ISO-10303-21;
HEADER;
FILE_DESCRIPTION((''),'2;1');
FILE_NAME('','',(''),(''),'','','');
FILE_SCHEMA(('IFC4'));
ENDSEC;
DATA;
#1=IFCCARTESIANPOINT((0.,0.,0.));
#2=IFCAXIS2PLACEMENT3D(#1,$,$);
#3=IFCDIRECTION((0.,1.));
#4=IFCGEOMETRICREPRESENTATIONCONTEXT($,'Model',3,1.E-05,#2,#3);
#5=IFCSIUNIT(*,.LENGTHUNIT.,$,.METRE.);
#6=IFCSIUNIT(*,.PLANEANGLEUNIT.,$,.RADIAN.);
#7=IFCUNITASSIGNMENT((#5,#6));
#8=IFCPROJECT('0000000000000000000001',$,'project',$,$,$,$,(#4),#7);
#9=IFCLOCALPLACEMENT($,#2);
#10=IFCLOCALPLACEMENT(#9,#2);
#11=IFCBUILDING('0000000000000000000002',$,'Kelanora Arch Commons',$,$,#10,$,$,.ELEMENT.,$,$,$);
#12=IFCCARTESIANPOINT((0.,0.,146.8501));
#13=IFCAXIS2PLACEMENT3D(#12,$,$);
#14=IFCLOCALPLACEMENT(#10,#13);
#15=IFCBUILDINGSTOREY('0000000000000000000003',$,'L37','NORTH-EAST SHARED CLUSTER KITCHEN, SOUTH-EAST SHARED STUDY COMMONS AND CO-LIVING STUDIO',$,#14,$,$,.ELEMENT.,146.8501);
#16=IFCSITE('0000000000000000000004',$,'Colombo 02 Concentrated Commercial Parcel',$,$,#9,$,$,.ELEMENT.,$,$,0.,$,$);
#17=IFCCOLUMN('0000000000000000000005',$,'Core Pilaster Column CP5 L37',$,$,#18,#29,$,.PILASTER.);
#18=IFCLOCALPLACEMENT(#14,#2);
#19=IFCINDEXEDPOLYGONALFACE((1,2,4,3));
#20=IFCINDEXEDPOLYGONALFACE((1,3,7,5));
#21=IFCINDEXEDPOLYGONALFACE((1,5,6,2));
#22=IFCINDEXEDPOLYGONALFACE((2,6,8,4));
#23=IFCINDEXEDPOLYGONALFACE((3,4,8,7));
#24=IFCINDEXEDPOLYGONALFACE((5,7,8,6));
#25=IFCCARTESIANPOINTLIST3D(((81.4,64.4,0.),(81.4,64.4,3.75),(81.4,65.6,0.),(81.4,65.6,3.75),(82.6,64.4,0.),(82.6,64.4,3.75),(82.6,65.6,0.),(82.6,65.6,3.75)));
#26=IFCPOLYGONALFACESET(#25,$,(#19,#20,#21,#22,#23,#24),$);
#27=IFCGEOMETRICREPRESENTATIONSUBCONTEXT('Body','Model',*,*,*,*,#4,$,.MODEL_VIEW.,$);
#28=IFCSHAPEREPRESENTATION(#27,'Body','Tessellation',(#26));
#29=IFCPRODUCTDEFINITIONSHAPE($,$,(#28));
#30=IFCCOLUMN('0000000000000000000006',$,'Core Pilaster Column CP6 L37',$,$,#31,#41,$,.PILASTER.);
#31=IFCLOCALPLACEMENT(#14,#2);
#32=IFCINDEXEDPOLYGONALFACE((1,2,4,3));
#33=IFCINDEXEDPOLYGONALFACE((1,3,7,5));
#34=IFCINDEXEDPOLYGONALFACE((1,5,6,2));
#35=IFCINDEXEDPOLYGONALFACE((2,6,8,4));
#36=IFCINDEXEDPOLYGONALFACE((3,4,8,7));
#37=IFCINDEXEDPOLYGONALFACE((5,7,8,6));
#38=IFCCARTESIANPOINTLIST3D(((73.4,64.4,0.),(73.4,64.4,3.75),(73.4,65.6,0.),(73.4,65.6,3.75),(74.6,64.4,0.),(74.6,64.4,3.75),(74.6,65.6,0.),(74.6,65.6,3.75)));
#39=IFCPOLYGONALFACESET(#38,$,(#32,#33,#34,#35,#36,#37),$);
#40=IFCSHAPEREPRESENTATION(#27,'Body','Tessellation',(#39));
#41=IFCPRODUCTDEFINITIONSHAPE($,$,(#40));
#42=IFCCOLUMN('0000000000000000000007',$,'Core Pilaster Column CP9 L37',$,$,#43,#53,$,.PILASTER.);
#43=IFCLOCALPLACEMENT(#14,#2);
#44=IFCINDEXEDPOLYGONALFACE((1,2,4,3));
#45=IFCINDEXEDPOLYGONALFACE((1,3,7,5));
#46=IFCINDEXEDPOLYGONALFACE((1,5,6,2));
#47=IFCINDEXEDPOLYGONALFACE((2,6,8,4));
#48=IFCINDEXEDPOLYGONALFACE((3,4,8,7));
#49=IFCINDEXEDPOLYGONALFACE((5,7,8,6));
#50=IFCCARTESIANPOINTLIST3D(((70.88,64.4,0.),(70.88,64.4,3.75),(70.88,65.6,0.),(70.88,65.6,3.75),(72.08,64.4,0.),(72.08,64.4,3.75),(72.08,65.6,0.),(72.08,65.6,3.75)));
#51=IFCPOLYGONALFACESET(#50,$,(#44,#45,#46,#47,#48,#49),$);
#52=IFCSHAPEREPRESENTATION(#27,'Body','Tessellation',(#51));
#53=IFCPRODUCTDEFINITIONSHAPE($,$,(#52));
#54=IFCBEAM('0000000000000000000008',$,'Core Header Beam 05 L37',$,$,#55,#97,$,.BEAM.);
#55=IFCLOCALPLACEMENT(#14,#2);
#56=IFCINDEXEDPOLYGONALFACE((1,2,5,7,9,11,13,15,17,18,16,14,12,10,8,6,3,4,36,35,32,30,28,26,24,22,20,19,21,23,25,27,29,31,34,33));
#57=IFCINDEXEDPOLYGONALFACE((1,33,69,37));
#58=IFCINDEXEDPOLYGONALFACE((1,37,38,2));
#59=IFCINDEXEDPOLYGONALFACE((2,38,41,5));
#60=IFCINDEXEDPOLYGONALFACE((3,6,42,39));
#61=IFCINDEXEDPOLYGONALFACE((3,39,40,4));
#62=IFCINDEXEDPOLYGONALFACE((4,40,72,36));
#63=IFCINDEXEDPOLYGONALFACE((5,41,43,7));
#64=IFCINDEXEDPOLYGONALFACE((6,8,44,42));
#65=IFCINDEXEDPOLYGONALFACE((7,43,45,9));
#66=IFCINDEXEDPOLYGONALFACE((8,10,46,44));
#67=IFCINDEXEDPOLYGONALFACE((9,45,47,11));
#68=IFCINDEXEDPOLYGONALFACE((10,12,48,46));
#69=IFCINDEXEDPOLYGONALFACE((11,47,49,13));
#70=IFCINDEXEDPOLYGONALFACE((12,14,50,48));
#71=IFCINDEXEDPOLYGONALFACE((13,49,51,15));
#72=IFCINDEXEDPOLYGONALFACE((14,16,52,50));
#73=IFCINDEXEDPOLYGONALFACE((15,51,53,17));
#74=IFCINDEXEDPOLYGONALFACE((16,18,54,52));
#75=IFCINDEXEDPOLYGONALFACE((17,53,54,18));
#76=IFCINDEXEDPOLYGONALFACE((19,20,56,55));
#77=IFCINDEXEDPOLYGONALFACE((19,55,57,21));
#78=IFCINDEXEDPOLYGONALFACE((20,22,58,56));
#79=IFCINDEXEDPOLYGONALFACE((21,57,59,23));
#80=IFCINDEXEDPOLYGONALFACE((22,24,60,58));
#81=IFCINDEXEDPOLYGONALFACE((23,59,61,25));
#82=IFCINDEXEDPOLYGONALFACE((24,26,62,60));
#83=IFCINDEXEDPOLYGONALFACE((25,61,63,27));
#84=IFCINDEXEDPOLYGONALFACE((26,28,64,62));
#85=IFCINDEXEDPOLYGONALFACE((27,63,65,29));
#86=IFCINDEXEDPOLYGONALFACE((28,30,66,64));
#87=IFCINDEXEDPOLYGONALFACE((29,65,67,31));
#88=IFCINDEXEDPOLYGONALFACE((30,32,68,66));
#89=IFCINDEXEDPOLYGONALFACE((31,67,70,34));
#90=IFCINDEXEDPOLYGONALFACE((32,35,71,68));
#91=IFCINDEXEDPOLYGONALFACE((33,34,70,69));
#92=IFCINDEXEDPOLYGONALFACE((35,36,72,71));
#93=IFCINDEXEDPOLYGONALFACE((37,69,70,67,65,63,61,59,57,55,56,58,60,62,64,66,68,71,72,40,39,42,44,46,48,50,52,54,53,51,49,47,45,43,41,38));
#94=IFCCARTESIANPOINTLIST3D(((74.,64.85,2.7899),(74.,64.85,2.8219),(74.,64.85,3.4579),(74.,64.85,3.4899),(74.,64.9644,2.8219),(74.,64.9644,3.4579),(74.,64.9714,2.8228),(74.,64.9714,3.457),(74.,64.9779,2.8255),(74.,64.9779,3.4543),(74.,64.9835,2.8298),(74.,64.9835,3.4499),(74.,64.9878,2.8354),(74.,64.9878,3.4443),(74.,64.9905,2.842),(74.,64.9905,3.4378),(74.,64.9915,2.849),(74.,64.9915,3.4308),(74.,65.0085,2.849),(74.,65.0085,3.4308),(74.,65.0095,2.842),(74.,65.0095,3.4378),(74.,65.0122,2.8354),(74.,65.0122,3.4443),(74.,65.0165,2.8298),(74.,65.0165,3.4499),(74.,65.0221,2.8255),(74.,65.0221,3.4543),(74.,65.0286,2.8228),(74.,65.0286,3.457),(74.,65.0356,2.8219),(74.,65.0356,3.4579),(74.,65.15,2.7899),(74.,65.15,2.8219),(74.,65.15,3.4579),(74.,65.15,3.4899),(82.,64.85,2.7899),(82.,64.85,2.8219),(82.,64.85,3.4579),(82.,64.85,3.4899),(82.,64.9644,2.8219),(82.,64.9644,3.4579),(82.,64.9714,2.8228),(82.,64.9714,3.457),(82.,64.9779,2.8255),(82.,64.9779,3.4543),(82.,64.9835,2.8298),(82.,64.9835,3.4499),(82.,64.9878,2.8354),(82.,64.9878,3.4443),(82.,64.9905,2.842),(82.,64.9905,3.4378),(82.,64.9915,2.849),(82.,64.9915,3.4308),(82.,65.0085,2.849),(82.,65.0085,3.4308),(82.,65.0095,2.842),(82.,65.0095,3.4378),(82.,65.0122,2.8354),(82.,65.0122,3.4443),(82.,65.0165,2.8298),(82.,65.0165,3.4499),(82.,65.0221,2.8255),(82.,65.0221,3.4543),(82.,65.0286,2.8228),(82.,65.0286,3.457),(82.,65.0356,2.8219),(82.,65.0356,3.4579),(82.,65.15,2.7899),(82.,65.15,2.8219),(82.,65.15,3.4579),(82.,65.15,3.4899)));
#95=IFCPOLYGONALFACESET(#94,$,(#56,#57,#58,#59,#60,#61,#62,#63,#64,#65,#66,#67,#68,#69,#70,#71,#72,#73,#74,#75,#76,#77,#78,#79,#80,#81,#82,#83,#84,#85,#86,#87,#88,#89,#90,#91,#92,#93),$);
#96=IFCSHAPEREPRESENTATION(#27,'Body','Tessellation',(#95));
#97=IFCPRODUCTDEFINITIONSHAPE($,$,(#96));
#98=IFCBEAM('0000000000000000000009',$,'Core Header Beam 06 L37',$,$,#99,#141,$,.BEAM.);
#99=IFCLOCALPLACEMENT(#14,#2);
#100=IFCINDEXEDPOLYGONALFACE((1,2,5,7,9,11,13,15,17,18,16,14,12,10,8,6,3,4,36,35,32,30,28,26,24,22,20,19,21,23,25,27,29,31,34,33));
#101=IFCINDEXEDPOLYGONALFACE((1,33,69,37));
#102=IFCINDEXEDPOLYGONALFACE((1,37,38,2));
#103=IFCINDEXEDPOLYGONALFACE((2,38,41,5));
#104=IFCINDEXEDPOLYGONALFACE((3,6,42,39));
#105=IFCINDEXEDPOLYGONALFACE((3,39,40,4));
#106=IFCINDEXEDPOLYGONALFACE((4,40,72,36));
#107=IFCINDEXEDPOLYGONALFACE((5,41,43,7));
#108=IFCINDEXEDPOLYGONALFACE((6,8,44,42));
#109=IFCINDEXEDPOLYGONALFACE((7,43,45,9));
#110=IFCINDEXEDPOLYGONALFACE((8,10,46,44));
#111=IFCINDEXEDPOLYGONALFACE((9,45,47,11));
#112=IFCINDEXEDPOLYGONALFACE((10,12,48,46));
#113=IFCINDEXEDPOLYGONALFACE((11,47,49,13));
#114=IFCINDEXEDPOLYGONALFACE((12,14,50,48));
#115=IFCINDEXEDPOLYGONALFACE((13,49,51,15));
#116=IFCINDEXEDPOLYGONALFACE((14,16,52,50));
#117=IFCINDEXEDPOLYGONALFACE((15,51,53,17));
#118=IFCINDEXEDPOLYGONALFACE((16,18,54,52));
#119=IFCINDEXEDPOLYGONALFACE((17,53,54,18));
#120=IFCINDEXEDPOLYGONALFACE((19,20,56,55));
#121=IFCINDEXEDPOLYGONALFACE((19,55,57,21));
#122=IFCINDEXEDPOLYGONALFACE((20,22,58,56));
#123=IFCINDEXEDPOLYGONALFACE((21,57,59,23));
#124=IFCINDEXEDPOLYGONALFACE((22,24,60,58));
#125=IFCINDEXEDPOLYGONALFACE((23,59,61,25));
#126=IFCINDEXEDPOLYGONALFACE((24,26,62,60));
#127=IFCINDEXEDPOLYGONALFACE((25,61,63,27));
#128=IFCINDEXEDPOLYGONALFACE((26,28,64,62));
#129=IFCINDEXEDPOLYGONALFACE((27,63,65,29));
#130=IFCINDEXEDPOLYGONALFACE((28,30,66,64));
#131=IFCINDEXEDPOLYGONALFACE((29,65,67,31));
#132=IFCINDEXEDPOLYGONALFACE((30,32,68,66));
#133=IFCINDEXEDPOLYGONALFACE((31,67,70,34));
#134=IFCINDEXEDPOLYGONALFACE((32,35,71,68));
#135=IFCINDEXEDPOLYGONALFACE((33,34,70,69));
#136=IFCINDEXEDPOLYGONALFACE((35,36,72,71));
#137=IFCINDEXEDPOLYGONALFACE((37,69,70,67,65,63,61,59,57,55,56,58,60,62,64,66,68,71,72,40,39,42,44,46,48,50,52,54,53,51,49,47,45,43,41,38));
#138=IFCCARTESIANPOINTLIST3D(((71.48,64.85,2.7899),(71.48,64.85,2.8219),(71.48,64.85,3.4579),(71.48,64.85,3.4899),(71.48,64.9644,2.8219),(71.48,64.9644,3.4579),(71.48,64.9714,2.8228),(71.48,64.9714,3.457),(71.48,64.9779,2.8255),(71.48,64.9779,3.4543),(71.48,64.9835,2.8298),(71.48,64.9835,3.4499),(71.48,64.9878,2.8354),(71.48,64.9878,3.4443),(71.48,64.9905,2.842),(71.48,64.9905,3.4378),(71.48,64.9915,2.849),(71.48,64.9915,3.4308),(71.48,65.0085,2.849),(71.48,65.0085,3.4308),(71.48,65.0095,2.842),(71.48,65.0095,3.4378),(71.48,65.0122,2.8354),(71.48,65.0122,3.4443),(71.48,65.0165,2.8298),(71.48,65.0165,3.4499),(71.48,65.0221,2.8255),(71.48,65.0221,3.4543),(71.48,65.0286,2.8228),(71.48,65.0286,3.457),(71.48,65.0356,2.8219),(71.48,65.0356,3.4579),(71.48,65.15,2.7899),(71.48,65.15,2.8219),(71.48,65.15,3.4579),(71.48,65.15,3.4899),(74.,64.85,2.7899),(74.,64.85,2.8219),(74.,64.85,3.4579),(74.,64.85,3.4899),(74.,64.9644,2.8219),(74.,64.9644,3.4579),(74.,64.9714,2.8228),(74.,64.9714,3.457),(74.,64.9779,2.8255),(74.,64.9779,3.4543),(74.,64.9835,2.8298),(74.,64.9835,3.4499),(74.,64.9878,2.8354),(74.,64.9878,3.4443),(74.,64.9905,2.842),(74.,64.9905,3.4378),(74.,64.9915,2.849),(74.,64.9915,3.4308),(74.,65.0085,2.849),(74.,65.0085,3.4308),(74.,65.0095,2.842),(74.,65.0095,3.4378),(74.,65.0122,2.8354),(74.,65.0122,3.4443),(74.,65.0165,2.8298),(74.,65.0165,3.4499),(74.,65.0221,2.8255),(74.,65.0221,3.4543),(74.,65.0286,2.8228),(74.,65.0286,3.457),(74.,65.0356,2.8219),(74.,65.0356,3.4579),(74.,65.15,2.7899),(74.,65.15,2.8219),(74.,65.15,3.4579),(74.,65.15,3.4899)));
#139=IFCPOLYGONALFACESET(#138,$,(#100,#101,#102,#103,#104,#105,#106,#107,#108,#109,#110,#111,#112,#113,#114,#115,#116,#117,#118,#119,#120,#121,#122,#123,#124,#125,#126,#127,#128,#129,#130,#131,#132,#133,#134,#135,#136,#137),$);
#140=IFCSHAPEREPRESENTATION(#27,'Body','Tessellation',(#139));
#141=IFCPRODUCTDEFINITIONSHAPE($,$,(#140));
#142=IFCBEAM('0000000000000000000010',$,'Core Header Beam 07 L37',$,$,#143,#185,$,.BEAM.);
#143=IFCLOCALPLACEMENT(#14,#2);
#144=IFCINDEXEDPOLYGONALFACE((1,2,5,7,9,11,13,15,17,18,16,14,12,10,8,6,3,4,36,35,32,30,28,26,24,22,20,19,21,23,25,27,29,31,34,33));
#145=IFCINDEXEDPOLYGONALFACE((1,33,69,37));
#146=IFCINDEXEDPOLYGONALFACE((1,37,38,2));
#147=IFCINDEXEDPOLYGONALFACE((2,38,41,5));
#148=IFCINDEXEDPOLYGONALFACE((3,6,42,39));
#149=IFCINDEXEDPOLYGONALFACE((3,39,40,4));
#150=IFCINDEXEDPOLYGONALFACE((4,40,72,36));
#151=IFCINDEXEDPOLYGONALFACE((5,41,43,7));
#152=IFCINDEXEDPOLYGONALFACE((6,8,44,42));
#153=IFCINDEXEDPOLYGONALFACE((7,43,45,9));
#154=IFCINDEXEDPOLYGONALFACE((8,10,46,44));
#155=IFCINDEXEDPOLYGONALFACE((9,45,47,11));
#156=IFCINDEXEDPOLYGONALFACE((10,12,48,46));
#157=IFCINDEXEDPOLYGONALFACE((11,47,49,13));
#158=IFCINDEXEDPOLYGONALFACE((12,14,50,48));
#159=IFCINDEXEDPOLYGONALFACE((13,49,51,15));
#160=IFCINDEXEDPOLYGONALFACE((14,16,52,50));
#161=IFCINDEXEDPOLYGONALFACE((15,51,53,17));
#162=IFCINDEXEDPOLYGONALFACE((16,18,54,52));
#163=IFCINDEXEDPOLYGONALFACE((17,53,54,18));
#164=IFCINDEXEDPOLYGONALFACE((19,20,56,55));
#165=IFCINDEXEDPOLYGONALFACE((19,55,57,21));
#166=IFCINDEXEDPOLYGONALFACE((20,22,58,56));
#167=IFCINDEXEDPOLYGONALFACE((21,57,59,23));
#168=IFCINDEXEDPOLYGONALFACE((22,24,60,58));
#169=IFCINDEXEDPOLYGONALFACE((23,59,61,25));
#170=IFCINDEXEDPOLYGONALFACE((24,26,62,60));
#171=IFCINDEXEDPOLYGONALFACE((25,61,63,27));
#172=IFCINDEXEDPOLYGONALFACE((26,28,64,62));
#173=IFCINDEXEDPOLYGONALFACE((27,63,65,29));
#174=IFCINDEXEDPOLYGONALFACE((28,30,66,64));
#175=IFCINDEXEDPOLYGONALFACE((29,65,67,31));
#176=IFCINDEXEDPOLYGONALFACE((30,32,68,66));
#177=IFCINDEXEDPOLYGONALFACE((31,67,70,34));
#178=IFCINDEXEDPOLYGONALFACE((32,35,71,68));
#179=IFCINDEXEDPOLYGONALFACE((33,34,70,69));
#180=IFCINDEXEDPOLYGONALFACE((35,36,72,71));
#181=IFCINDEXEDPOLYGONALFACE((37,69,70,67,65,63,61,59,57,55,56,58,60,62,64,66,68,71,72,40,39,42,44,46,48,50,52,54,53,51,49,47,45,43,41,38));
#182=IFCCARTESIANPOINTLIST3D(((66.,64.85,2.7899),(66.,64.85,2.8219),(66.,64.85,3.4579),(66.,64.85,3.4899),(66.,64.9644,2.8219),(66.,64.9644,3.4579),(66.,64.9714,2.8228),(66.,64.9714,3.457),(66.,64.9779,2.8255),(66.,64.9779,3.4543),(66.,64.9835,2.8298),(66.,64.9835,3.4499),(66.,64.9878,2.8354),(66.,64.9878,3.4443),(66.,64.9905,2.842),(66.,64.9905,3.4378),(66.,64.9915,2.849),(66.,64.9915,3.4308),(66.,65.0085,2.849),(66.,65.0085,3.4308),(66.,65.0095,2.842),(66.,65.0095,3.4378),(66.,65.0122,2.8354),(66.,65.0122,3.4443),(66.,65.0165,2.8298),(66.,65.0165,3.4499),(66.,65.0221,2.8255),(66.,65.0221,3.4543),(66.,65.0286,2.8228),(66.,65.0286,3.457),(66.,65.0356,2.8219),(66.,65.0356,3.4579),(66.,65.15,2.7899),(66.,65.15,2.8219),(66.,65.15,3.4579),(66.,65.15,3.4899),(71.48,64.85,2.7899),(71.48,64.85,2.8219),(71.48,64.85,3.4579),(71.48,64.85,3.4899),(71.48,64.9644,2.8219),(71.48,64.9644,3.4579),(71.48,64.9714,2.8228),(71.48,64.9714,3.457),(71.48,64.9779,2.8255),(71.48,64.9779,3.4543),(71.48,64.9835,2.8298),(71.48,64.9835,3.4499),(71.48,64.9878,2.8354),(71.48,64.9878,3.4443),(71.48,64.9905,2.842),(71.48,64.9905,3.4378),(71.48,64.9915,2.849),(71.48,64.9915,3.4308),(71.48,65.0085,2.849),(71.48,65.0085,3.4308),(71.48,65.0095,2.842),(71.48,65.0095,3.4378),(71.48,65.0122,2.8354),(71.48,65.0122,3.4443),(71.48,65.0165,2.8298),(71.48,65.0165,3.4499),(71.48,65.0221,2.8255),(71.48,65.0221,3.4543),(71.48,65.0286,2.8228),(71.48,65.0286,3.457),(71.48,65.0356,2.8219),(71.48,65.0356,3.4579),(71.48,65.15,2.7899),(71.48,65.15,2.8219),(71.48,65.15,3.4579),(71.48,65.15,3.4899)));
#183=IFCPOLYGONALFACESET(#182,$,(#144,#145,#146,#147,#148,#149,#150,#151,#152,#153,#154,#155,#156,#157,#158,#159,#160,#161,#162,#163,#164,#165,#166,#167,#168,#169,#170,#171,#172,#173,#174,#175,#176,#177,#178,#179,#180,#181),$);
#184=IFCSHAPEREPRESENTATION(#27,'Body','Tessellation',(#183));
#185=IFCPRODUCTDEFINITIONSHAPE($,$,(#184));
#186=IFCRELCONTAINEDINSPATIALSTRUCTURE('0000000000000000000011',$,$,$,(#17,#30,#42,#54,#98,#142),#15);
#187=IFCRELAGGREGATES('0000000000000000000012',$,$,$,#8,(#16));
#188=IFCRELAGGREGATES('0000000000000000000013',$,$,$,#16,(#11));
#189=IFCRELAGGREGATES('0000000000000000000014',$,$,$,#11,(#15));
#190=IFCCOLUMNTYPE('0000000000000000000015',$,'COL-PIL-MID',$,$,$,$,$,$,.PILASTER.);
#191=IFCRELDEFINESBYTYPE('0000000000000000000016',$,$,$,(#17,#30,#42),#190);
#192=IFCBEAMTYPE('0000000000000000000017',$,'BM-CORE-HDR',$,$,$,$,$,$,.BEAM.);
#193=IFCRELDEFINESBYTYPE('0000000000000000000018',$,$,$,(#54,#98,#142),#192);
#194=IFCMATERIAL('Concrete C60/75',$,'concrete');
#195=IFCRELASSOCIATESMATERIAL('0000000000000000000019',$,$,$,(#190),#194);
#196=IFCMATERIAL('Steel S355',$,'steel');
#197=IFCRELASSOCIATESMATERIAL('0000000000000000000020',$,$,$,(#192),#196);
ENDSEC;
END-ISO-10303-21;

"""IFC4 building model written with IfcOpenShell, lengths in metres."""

from ifc_helpers import new_model, si_unit, direction, frame, origin, origin_2d, place, context, subcontext, project, spatial, rectangle, i_section, extrude, material, material_profile, profile_set, type_object, element, save


model = new_model("IFC4")

# Units and contexts
model_context = context("Model", 3, precision=1e-05, world=origin(), true_north=direction((0.0, 1.0)))
body_context = subcontext(model_context, "Body", "Model", "MODEL_VIEW")
ifc_project = project(units=[si_unit("LENGTHUNIT", "METRE"), si_unit("PLANEANGLEUNIT", "RADIAN")], contexts=[model_context])

# Site, building, storey
site_placement = place(None, origin())
site = spatial("IfcSite", under=ifc_project, at=site_placement, Name="Colombo 02 Concentrated Commercial Parcel", CompositionType="ELEMENT", RefElevation=0.0)
building_placement = place(site_placement, origin())
building = spatial("IfcBuilding", under=site, at=building_placement, Name="Kelanora Arch Commons", CompositionType="ELEMENT")
storey_placement = place(building_placement, frame((0.0, 0.0, 146.8501)))
storey = spatial("IfcBuildingStorey", under=building, at=storey_placement, Name="L37", Description="NORTH-EAST SHARED CLUSTER KITCHEN, SOUTH-EAST SHARED STUDY COMMONS AND CO-LIVING STUDIO", CompositionType="ELEMENT", Elevation=146.8501)

# Columns
ifc_material_1 = material(Name="Concrete C60/75", Category="concrete")
ifc_material_profile_1 = material_profile(ifc_material_1, rectangle(XDim=1.2, YDim=1.2, at=origin_2d()), Name="RC1200x1200")
ifc_profile_set_1 = profile_set([ifc_material_profile_1], Name="Concrete C60/75")
column_type = type_object("IfcColumnType", Name="COL-PIL-MID", PredefinedType="PILASTER", material=ifc_profile_set_1)
for number, where, z_axis, x_axis, name in (
    (1, (82.0, 65.0, 0.0), (0.0, 0.0, 1.0), (1.0, 0.0, 0.0), "Core Pilaster Column CP5 L37"),
    (2, (74.0, 65.0, 0.0), (0.0, 0.0, 1.0), (1.0, 0.0, 0.0), "Core Pilaster Column CP6 L37"),
    (3, (71.48, 65.0, 0.0), (0.0, 0.0, 1.0), (1.0, 0.0, 0.0), "Core Pilaster Column CP9 L37"),
):
    element("IfcColumn", number, at=place(storey_placement, frame(where, z_axis=z_axis, x_axis=x_axis)), inside=storey, type_object=column_type, Name=name, PredefinedType="PILASTER", context=body_context, shape_type="SweptSolid", body=[
        extrude(rectangle(XDim=1.2, YDim=1.2, at=origin_2d()), origin(), (0.0, 0.0, 1.0), 3.75),
    ])

# Beams
ifc_material_2 = material(Name="Steel S355", Category="steel")
ifc_material_profile_2 = material_profile(ifc_material_2, i_section(OverallWidth=0.3, OverallDepth=0.7, WebThickness=0.0171, FlangeThickness=0.032, FilletRadius=0.0271, at=origin_2d()), Name="HEB700")
ifc_profile_set_2 = profile_set([ifc_material_profile_2], Name="Steel S355")
beam_type_1 = type_object("IfcBeamType", Name="BM-CORE-HDR", PredefinedType="BEAM", material=ifc_profile_set_2)
beam_1_placement = place(storey_placement, frame((82.0, 65.0, 3.1399), z_axis=(-1.0, 0.0, 0.0), x_axis=(0.0, -1.0, 0.0)))
element("IfcBeam", 4, at=beam_1_placement, inside=storey, type_object=beam_type_1, Name="Core Header Beam 05 L37", PredefinedType="BEAM", context=body_context, shape_type="SweptSolid", body=[
    extrude(i_section(OverallWidth=0.3, OverallDepth=0.7, WebThickness=0.0171, FlangeThickness=0.032, FilletRadius=0.0271, at=origin_2d()), origin(), (0.0, 0.0, 1.0), 8.0),
])
beam_2_placement = place(storey_placement, frame((74.0, 65.0, 3.1399), z_axis=(-1.0, 0.0, 0.0), x_axis=(0.0, -1.0, 0.0)))
element("IfcBeam", 5, at=beam_2_placement, inside=storey, type_object=beam_type_1, Name="Core Header Beam 06 L37", PredefinedType="BEAM", context=body_context, shape_type="SweptSolid", body=[
    extrude(i_section(OverallWidth=0.3, OverallDepth=0.7, WebThickness=0.0171, FlangeThickness=0.032, FilletRadius=0.0271, at=origin_2d()), origin(), (0.0, 0.0, 1.0), 2.52),
])
beam_3_placement = place(storey_placement, frame((71.48, 65.0, 3.1399), z_axis=(-1.0, 0.0, 0.0), x_axis=(0.0, -1.0, 0.0)))
element("IfcBeam", 6, at=beam_3_placement, inside=storey, type_object=beam_type_1, Name="Core Header Beam 07 L37", PredefinedType="BEAM", context=body_context, shape_type="SweptSolid", body=[
    extrude(i_section(OverallWidth=0.3, OverallDepth=0.7, WebThickness=0.0171, FlangeThickness=0.032, FilletRadius=0.0271, at=origin_2d()), origin(), (0.0, 0.0, 1.0), 5.48),
])

save(model, "model.ifc")
